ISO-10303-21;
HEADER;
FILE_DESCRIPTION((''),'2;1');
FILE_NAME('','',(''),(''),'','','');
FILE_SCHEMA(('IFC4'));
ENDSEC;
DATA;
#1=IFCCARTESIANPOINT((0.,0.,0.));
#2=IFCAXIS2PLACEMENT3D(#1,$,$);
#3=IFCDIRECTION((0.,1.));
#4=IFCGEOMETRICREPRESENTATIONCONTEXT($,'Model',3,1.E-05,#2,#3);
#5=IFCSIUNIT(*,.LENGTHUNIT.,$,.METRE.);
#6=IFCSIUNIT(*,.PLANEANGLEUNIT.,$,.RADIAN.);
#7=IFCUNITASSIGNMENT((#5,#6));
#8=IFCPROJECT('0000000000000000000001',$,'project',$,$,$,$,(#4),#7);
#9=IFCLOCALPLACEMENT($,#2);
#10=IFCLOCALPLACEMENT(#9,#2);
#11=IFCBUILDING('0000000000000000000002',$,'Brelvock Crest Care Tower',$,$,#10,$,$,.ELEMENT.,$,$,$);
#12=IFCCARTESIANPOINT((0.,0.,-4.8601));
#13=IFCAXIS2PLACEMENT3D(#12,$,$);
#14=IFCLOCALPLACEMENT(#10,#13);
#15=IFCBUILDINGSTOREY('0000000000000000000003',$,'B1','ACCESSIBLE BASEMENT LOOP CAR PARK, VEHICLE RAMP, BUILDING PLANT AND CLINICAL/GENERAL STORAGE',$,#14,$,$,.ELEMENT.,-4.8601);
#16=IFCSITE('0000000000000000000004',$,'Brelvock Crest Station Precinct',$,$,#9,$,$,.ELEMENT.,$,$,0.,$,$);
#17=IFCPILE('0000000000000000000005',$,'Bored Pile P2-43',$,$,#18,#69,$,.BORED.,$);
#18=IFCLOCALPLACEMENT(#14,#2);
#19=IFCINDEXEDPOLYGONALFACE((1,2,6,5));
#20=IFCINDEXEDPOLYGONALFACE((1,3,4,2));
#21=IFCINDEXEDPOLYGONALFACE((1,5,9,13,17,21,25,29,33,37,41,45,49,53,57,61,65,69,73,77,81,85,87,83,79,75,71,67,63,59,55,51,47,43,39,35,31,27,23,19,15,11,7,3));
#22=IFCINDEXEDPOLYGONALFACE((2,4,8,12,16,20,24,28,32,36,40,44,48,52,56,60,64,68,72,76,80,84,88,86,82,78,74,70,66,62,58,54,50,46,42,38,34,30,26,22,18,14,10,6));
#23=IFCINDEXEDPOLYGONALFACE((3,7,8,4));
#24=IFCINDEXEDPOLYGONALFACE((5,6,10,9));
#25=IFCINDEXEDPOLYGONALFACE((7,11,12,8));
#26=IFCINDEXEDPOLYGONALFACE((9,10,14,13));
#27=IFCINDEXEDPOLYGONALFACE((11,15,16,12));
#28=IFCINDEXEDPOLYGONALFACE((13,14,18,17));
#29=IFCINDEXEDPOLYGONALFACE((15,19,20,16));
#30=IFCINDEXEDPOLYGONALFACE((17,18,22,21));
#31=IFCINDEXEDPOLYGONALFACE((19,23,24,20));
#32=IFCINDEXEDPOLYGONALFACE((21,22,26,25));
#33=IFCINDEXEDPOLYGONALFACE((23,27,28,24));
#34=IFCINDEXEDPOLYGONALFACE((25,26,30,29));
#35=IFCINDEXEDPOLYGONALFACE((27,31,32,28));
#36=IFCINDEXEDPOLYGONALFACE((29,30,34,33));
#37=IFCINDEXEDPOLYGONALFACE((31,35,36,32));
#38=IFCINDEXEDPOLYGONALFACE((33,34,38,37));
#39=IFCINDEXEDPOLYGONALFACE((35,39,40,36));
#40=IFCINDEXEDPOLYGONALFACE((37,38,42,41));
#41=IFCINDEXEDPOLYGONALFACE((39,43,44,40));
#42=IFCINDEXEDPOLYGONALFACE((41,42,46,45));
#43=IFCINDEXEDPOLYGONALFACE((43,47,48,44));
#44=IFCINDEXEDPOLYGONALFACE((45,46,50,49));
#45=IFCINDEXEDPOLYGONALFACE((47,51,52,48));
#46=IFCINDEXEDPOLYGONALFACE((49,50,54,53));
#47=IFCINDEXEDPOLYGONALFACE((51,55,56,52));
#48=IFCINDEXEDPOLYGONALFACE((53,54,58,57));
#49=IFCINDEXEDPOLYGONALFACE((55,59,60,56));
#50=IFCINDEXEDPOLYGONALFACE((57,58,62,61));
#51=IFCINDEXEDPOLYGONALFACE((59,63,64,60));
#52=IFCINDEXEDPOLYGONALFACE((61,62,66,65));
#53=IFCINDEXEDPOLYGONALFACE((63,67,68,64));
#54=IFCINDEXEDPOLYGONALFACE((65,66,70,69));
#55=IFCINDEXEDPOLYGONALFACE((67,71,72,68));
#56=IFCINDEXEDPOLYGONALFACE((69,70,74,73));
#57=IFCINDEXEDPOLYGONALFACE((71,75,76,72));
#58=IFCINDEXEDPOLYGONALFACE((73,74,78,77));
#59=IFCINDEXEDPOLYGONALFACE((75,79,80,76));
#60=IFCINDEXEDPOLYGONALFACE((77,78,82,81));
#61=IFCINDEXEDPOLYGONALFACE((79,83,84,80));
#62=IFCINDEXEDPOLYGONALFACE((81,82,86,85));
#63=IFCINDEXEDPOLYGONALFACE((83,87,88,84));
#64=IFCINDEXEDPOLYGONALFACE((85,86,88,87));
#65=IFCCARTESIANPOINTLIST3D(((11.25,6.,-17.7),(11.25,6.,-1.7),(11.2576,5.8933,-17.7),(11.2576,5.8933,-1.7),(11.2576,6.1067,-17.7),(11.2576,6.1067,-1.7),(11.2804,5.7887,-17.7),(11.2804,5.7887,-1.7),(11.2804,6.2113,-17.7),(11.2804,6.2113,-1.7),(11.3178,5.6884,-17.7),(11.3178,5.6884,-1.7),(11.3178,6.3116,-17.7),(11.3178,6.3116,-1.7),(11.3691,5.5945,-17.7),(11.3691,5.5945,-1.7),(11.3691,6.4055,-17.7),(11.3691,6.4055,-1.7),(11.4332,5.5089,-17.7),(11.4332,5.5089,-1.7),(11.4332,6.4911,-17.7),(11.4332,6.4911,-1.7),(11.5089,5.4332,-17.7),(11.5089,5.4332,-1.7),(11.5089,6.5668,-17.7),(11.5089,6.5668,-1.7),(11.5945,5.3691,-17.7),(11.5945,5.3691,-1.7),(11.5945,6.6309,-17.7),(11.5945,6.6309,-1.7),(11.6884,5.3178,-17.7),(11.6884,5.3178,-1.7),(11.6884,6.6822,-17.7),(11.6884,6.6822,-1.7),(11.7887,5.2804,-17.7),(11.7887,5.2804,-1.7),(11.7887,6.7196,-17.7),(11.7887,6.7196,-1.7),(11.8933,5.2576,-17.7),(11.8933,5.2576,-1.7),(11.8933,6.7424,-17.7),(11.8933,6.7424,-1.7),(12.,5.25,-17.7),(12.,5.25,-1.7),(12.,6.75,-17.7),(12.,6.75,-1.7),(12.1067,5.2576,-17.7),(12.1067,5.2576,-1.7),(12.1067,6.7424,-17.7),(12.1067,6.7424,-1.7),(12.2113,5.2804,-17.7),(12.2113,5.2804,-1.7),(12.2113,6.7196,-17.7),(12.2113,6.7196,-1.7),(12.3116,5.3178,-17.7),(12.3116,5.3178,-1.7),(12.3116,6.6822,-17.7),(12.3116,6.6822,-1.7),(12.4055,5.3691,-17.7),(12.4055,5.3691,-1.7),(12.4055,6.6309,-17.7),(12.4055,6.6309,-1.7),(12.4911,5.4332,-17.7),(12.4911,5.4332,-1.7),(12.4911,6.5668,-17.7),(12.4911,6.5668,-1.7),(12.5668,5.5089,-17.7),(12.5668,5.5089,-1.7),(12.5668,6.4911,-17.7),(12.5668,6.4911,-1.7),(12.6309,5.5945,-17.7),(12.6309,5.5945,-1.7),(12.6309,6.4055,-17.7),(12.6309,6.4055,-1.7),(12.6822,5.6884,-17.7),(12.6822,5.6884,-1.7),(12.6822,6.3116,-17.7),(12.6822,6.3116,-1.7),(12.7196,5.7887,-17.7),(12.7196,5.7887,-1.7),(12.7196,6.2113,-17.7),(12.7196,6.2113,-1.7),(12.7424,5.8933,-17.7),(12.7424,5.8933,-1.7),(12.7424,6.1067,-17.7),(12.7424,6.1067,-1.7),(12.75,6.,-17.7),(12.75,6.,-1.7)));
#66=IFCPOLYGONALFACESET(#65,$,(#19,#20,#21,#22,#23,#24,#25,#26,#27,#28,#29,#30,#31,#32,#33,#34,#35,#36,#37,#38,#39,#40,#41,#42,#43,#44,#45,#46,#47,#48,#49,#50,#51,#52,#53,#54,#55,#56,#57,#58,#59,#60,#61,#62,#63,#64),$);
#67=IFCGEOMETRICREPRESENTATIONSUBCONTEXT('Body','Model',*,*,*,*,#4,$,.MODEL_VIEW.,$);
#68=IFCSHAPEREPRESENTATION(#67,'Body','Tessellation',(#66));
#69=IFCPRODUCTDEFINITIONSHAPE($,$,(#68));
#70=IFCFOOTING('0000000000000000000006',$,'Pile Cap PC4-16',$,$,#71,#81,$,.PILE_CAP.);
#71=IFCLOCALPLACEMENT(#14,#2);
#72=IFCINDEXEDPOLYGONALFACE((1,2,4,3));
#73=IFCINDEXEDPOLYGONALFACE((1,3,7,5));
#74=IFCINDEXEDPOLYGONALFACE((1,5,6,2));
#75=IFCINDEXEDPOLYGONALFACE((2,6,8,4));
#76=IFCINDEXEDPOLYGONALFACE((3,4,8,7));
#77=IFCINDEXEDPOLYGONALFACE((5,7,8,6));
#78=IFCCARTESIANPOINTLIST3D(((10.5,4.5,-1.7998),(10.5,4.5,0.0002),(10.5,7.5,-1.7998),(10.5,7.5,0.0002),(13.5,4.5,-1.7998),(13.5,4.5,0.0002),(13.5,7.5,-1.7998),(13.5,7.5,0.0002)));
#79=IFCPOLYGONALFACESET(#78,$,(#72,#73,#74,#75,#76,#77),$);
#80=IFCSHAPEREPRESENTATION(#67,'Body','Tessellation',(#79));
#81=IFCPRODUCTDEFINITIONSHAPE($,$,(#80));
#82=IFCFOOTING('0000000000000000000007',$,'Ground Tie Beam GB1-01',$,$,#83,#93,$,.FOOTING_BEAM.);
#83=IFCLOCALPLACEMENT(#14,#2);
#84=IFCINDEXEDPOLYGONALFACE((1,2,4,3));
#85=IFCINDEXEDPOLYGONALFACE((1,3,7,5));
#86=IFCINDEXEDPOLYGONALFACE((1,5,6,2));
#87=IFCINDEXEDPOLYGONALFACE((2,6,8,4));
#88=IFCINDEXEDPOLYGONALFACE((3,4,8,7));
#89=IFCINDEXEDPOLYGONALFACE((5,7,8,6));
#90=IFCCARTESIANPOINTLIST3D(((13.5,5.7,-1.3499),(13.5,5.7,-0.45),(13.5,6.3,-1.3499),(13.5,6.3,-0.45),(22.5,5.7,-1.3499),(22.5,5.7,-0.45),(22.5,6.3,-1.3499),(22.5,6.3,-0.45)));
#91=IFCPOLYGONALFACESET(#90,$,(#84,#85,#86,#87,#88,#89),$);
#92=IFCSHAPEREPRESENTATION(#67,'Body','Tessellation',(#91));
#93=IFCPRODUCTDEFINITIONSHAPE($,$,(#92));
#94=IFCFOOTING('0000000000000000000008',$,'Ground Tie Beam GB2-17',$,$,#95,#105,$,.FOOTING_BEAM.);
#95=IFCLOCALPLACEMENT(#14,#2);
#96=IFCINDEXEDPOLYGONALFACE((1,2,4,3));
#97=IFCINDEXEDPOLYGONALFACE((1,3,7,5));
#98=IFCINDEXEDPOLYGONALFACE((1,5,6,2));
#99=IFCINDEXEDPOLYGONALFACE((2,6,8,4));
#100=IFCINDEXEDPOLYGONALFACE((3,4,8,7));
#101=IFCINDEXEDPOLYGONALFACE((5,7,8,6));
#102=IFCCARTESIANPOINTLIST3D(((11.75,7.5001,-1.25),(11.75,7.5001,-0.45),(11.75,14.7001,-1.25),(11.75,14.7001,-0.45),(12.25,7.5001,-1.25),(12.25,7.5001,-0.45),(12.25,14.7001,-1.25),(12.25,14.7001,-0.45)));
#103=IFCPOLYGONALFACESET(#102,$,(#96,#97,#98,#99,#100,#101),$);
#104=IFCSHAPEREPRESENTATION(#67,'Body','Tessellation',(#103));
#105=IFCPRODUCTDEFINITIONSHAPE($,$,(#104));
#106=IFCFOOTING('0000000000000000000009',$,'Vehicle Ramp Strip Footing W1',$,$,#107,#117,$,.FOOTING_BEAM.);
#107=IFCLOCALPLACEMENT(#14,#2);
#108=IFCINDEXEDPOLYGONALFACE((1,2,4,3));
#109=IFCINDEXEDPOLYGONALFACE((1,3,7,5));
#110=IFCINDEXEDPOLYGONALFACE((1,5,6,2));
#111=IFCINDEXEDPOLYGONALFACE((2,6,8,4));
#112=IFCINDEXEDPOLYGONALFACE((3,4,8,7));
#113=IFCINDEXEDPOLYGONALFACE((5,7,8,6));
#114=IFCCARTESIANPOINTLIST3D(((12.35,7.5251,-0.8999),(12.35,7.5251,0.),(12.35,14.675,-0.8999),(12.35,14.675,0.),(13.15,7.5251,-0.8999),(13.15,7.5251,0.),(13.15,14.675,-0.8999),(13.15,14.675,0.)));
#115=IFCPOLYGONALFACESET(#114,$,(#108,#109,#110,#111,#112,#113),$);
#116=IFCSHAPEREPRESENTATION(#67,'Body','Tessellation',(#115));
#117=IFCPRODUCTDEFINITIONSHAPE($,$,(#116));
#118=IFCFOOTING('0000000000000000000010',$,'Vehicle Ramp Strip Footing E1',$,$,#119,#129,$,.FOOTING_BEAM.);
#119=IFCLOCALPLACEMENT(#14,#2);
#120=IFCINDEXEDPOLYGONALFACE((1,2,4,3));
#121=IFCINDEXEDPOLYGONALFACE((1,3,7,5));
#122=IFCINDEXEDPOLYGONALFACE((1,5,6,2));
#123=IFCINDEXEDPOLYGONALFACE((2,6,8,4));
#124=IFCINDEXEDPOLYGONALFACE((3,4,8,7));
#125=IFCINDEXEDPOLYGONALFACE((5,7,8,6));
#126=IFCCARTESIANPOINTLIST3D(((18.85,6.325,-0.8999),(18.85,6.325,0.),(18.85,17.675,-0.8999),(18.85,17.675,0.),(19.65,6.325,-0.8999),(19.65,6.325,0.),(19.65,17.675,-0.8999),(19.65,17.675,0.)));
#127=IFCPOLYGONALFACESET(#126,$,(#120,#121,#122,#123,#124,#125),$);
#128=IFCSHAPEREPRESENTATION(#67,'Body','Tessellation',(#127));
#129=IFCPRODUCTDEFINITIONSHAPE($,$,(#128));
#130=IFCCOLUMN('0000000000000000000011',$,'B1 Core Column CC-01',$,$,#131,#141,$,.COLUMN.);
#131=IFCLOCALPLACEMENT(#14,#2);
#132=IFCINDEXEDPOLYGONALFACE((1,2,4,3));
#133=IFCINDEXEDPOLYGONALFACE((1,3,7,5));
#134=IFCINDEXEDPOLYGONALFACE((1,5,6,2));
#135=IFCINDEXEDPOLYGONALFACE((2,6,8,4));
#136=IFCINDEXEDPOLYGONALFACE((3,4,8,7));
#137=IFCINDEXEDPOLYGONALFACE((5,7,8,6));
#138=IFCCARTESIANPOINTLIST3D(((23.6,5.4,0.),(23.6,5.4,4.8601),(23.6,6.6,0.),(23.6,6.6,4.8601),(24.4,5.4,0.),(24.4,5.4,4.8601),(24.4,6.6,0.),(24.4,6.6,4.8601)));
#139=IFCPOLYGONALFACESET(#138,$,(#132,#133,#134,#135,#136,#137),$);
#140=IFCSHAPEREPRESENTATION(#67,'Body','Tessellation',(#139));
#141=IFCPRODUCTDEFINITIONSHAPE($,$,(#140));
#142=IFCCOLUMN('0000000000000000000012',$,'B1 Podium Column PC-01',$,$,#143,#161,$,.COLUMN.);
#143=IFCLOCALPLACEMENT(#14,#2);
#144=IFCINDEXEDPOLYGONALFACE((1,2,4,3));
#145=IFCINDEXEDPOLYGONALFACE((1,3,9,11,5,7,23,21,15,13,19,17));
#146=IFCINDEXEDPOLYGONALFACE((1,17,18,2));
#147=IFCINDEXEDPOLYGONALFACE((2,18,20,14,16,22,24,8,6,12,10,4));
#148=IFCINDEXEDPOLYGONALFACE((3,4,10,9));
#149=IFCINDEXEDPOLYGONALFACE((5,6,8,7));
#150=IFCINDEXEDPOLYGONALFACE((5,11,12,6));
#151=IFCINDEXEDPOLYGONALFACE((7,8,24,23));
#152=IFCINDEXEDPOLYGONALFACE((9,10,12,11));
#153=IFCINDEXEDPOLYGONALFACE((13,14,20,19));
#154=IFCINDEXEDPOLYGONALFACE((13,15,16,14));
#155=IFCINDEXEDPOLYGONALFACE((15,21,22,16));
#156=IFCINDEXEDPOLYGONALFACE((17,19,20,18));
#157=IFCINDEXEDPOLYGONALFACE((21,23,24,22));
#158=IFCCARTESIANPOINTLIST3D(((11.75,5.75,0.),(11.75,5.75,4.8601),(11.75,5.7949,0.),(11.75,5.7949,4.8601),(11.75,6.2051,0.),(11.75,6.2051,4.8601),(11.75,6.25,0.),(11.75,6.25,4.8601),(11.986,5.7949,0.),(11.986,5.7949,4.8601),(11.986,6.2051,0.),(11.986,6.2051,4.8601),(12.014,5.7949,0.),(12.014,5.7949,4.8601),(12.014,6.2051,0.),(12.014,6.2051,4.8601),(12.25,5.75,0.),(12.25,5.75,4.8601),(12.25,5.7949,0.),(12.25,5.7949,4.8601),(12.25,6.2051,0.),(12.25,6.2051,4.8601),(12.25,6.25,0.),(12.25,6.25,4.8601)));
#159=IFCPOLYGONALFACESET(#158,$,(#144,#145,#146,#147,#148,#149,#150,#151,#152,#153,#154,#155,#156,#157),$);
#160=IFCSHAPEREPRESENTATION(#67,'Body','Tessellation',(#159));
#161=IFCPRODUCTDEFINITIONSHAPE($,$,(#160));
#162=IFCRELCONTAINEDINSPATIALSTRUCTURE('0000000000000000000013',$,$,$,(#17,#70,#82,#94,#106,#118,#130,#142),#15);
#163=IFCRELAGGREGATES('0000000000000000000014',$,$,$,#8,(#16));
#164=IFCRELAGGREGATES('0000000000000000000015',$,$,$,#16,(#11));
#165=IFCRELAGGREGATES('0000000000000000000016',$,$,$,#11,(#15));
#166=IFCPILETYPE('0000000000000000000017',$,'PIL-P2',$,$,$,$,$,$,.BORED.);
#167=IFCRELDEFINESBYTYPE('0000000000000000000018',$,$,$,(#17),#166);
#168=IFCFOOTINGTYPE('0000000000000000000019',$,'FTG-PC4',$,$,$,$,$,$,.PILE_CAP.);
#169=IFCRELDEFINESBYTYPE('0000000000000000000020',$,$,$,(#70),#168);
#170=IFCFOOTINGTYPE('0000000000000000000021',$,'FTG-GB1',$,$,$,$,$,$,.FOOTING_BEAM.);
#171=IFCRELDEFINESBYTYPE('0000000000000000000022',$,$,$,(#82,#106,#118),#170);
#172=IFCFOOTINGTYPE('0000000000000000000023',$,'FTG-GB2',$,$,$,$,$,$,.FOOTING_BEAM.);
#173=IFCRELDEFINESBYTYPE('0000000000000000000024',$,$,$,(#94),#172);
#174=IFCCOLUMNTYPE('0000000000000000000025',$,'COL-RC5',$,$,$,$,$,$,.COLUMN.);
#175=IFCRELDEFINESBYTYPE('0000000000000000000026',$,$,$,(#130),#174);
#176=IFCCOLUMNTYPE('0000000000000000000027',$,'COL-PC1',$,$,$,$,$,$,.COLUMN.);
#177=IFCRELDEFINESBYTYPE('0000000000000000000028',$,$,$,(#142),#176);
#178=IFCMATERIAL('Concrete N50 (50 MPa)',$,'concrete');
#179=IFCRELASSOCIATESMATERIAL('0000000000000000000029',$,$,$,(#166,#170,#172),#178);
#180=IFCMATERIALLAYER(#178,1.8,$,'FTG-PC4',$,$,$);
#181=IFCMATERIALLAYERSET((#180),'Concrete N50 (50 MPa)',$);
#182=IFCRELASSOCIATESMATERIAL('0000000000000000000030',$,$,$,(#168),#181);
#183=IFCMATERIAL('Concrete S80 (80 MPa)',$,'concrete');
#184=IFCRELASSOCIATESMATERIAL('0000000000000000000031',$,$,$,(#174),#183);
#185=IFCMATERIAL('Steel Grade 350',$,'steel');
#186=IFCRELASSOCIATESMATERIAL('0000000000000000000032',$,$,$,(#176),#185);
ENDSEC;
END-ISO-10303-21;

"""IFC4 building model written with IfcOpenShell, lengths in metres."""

from ifc_helpers import new_model, si_unit, direction, frame, origin, origin_2d, place, context, subcontext, project, spatial, rectangle, circle, i_section, extrude, source, transform, mapped, material, layer, layer_set, material_profile, profile_set, type_object, element, save


model = new_model("IFC4")

# Units and contexts
model_context = context("Model", 3, precision=1e-05, world=origin(), true_north=direction((0.0, 1.0)))
body_context = subcontext(model_context, "Body", "Model", "MODEL_VIEW")
ifc_project = project(units=[si_unit("LENGTHUNIT", "METRE"), si_unit("PLANEANGLEUNIT", "RADIAN")], contexts=[model_context])

# Site, building, storey
site_placement = place(None, origin())
site = spatial("IfcSite", under=ifc_project, at=site_placement, Name="Brelvock Crest Station Precinct", CompositionType="ELEMENT", RefElevation=0.0)
building_placement = place(site_placement, origin())
building = spatial("IfcBuilding", under=site, at=building_placement, Name="Brelvock Crest Care Tower", CompositionType="ELEMENT")
storey_placement = place(building_placement, frame((0.0, 0.0, -4.8601)))
storey = spatial("IfcBuildingStorey", under=building, at=storey_placement, Name="B1", Description="ACCESSIBLE BASEMENT LOOP CAR PARK, VEHICLE RAMP, BUILDING PLANT AND CLINICAL/GENERAL STORAGE", CompositionType="ELEMENT", Elevation=-4.8601)

# Pile
ifc_material_1 = material(Name="Concrete N50 (50 MPa)", Category="concrete")
ifc_material_profile_1 = material_profile(ifc_material_1, circle(Radius=0.75, at=origin_2d()), Name="BORED PILE D1500")
ifc_profile_set_1 = profile_set([ifc_material_profile_1], Name="Concrete N50 (50 MPa)")
pile_type = type_object("IfcPileType", Name="PIL-P2", PredefinedType="BORED", material=ifc_profile_set_1)
shared_shape_1 = source(origin(), body_context, "Body", "SweptSolid", [
    extrude(circle(Radius=0.75, at=origin_2d()), origin(), (0.0, 0.0, 1.0), 16.0),
])
pile_placement = place(storey_placement, frame((12.0, 6.0, -1.7), z_axis=(0.0, 0.0, -1.0), x_axis=(1.0, 0.0, 0.0)))
element("IfcPile", 1, at=pile_placement, inside=storey, type_object=pile_type, Name="Bored Pile P2-43", PredefinedType="BORED", context=body_context, shape_type="MappedRepresentation", body=[
    mapped(shared_shape_1, transform((0.0, 0.0, 0.0), x_axis=(1.0, 0.0, 0.0), y_axis=(0.0, 1.0, 0.0), z_axis=(0.0, 0.0, 1.0), scale=1.0)),
])

# Footings
ifc_layer_1 = layer(ifc_material_1, 1.8, Name="FTG-PC4")
ifc_layer_set_1 = layer_set([ifc_layer_1], Name="Concrete N50 (50 MPa)")
footing_type_1 = type_object("IfcFootingType", Name="FTG-PC4", PredefinedType="PILE_CAP", material=ifc_layer_set_1)
shared_shape_2 = source(origin(), body_context, "Body", "SweptSolid", [
    extrude(rectangle(XDim=3.0, YDim=3.0, at=origin_2d()), origin(), (0.0, 0.0, 1.0), 1.8),
])
footing_1_placement = place(storey_placement, frame((12.0, 6.0, -1.7998), z_axis=(0.0, 0.0, 1.0), x_axis=(1.0, 0.0, 0.0)))
element("IfcFooting", 2, at=footing_1_placement, inside=storey, type_object=footing_type_1, Name="Pile Cap PC4-16", PredefinedType="PILE_CAP", context=body_context, shape_type="MappedRepresentation", body=[
    mapped(shared_shape_2, transform((0.0, 0.0, 0.0), x_axis=(1.0, 0.0, 0.0), y_axis=(0.0, 1.0, 0.0), z_axis=(0.0, 0.0, 1.0), scale=1.0)),
])
footing_type_2 = type_object("IfcFootingType", Name="FTG-GB1", PredefinedType="FOOTING_BEAM", material=ifc_material_1)
shared_shape_3 = source(origin(), body_context, "Body", "SweptSolid", [
    extrude(rectangle(XDim=9.0, YDim=0.6001, at=origin_2d()), origin(), (0.0, 0.0, 1.0), 0.8999),
])
footing_2_placement = place(storey_placement, frame((18.0, 6.0, -1.3499), z_axis=(0.0, 0.0, 1.0), x_axis=(1.0, 0.0, 0.0)))
element("IfcFooting", 3, at=footing_2_placement, inside=storey, type_object=footing_type_2, Name="Ground Tie Beam GB1-01", PredefinedType="FOOTING_BEAM", context=body_context, shape_type="MappedRepresentation", body=[
    mapped(shared_shape_3, transform((0.0, 0.0, 0.0), x_axis=(1.0, 0.0, 0.0), y_axis=(0.0, 1.0, 0.0), z_axis=(0.0, 0.0, 1.0), scale=1.0)),
])
footing_type_3 = type_object("IfcFootingType", Name="FTG-GB2", PredefinedType="FOOTING_BEAM", material=ifc_material_1)
shared_shape_4 = source(origin(), body_context, "Body", "SweptSolid", [
    extrude(rectangle(XDim=7.2, YDim=0.5, at=origin_2d()), origin(), (0.0, 0.0, 1.0), 0.8),
])
footing_3_placement = place(storey_placement, frame((12.0, 11.1001, -1.25), z_axis=(0.0, 0.0, 1.0), x_axis=(0.0, 1.0, 0.0)))
element("IfcFooting", 4, at=footing_3_placement, inside=storey, type_object=footing_type_3, Name="Ground Tie Beam GB2-17", PredefinedType="FOOTING_BEAM", context=body_context, shape_type="MappedRepresentation", body=[
    mapped(shared_shape_4, transform((0.0, 0.0, 0.0), x_axis=(1.0, 0.0, 0.0), y_axis=(0.0, 1.0, 0.0), z_axis=(0.0, 0.0, 1.0), scale=1.0)),
])
shared_shape_5 = source(origin(), body_context, "Body", "SweptSolid", [
    extrude(rectangle(XDim=7.1499, YDim=0.8, at=origin_2d()), origin(), (0.0, 0.0, 1.0), 0.8999),
])
footing_4_placement = place(storey_placement, frame((12.75, 11.1001, -0.8999), z_axis=(0.0, 0.0, 1.0), x_axis=(0.0, 1.0, 0.0)))
element("IfcFooting", 5, at=footing_4_placement, inside=storey, type_object=footing_type_2, Name="Vehicle Ramp Strip Footing W1", PredefinedType="FOOTING_BEAM", context=body_context, shape_type="MappedRepresentation", body=[
    mapped(shared_shape_5, transform((0.0, 0.0, 0.0), x_axis=(1.0, 0.0, 0.0), y_axis=(0.0, 1.0, 0.0), z_axis=(0.0, 0.0, 1.0), scale=1.0)),
])
shared_shape_6 = source(origin(), body_context, "Body", "SweptSolid", [
    extrude(rectangle(XDim=11.3501, YDim=0.8, at=origin_2d()), origin(), (0.0, 0.0, 1.0), 0.8999),
])
footing_5_placement = place(storey_placement, frame((19.25, 12.0, -0.8999), z_axis=(0.0, 0.0, 1.0), x_axis=(0.0, 1.0, 0.0)))
element("IfcFooting", 6, at=footing_5_placement, inside=storey, type_object=footing_type_2, Name="Vehicle Ramp Strip Footing E1", PredefinedType="FOOTING_BEAM", context=body_context, shape_type="MappedRepresentation", body=[
    mapped(shared_shape_6, transform((0.0, 0.0, 0.0), x_axis=(1.0, 0.0, 0.0), y_axis=(0.0, 1.0, 0.0), z_axis=(0.0, 0.0, 1.0), scale=1.0)),
])

# Columns
ifc_material_2 = material(Name="Concrete S80 (80 MPa)", Category="concrete")
ifc_material_profile_2 = material_profile(ifc_material_2, rectangle(XDim=0.8, YDim=1.2, at=origin_2d()), Name="RC800x1200")
ifc_profile_set_2 = profile_set([ifc_material_profile_2], Name="Concrete S80 (80 MPa)")
column_type_1 = type_object("IfcColumnType", Name="COL-RC5", PredefinedType="COLUMN", material=ifc_profile_set_2)
shared_shape_7 = source(origin(), body_context, "Body", "SweptSolid", [
    extrude(rectangle(XDim=0.8, YDim=1.2, at=origin_2d()), origin(), (0.0, 0.0, 1.0), 4.8601),
])
column_1_placement = place(storey_placement, frame((24.0, 6.0, 0.0), z_axis=(0.0, 0.0, 1.0), x_axis=(1.0, 0.0, 0.0)))
element("IfcColumn", 7, at=column_1_placement, inside=storey, type_object=column_type_1, Name="B1 Core Column CC-01", PredefinedType="COLUMN", context=body_context, shape_type="MappedRepresentation", body=[
    mapped(shared_shape_7, transform((0.0, 0.0, 0.0), x_axis=(1.0, 0.0, 0.0), y_axis=(0.0, 1.0, 0.0), z_axis=(0.0, 0.0, 1.0), scale=1.0)),
])
ifc_material_3 = material(Name="Steel Grade 350", Category="steel")
ifc_material_profile_3 = material_profile(ifc_material_3, i_section(OverallWidth=0.5, OverallDepth=0.5, WebThickness=0.0281, FlangeThickness=0.0449, at=origin_2d()), Name="500WC440")
ifc_profile_set_3 = profile_set([ifc_material_profile_3], Name="Steel Grade 350")
column_type_2 = type_object("IfcColumnType", Name="COL-PC1", PredefinedType="COLUMN", material=ifc_profile_set_3)
shared_shape_8 = source(origin(), body_context, "Body", "SweptSolid", [
    extrude(i_section(OverallWidth=0.5, OverallDepth=0.5, WebThickness=0.0281, FlangeThickness=0.0449, at=origin_2d()), origin(), (0.0, 0.0, 1.0), 4.8601),
])
column_2_placement = place(storey_placement, frame((12.0, 6.0, 0.0), z_axis=(0.0, 0.0, 1.0), x_axis=(1.0, 0.0, 0.0)))
element("IfcColumn", 8, at=column_2_placement, inside=storey, type_object=column_type_2, Name="B1 Podium Column PC-01", PredefinedType="COLUMN", context=body_context, shape_type="MappedRepresentation", body=[
    mapped(shared_shape_8, transform((0.0, 0.0, 0.0), x_axis=(1.0, 0.0, 0.0), y_axis=(0.0, 1.0, 0.0), z_axis=(0.0, 0.0, 1.0), scale=1.0)),
])

save(model, "model.ifc")
